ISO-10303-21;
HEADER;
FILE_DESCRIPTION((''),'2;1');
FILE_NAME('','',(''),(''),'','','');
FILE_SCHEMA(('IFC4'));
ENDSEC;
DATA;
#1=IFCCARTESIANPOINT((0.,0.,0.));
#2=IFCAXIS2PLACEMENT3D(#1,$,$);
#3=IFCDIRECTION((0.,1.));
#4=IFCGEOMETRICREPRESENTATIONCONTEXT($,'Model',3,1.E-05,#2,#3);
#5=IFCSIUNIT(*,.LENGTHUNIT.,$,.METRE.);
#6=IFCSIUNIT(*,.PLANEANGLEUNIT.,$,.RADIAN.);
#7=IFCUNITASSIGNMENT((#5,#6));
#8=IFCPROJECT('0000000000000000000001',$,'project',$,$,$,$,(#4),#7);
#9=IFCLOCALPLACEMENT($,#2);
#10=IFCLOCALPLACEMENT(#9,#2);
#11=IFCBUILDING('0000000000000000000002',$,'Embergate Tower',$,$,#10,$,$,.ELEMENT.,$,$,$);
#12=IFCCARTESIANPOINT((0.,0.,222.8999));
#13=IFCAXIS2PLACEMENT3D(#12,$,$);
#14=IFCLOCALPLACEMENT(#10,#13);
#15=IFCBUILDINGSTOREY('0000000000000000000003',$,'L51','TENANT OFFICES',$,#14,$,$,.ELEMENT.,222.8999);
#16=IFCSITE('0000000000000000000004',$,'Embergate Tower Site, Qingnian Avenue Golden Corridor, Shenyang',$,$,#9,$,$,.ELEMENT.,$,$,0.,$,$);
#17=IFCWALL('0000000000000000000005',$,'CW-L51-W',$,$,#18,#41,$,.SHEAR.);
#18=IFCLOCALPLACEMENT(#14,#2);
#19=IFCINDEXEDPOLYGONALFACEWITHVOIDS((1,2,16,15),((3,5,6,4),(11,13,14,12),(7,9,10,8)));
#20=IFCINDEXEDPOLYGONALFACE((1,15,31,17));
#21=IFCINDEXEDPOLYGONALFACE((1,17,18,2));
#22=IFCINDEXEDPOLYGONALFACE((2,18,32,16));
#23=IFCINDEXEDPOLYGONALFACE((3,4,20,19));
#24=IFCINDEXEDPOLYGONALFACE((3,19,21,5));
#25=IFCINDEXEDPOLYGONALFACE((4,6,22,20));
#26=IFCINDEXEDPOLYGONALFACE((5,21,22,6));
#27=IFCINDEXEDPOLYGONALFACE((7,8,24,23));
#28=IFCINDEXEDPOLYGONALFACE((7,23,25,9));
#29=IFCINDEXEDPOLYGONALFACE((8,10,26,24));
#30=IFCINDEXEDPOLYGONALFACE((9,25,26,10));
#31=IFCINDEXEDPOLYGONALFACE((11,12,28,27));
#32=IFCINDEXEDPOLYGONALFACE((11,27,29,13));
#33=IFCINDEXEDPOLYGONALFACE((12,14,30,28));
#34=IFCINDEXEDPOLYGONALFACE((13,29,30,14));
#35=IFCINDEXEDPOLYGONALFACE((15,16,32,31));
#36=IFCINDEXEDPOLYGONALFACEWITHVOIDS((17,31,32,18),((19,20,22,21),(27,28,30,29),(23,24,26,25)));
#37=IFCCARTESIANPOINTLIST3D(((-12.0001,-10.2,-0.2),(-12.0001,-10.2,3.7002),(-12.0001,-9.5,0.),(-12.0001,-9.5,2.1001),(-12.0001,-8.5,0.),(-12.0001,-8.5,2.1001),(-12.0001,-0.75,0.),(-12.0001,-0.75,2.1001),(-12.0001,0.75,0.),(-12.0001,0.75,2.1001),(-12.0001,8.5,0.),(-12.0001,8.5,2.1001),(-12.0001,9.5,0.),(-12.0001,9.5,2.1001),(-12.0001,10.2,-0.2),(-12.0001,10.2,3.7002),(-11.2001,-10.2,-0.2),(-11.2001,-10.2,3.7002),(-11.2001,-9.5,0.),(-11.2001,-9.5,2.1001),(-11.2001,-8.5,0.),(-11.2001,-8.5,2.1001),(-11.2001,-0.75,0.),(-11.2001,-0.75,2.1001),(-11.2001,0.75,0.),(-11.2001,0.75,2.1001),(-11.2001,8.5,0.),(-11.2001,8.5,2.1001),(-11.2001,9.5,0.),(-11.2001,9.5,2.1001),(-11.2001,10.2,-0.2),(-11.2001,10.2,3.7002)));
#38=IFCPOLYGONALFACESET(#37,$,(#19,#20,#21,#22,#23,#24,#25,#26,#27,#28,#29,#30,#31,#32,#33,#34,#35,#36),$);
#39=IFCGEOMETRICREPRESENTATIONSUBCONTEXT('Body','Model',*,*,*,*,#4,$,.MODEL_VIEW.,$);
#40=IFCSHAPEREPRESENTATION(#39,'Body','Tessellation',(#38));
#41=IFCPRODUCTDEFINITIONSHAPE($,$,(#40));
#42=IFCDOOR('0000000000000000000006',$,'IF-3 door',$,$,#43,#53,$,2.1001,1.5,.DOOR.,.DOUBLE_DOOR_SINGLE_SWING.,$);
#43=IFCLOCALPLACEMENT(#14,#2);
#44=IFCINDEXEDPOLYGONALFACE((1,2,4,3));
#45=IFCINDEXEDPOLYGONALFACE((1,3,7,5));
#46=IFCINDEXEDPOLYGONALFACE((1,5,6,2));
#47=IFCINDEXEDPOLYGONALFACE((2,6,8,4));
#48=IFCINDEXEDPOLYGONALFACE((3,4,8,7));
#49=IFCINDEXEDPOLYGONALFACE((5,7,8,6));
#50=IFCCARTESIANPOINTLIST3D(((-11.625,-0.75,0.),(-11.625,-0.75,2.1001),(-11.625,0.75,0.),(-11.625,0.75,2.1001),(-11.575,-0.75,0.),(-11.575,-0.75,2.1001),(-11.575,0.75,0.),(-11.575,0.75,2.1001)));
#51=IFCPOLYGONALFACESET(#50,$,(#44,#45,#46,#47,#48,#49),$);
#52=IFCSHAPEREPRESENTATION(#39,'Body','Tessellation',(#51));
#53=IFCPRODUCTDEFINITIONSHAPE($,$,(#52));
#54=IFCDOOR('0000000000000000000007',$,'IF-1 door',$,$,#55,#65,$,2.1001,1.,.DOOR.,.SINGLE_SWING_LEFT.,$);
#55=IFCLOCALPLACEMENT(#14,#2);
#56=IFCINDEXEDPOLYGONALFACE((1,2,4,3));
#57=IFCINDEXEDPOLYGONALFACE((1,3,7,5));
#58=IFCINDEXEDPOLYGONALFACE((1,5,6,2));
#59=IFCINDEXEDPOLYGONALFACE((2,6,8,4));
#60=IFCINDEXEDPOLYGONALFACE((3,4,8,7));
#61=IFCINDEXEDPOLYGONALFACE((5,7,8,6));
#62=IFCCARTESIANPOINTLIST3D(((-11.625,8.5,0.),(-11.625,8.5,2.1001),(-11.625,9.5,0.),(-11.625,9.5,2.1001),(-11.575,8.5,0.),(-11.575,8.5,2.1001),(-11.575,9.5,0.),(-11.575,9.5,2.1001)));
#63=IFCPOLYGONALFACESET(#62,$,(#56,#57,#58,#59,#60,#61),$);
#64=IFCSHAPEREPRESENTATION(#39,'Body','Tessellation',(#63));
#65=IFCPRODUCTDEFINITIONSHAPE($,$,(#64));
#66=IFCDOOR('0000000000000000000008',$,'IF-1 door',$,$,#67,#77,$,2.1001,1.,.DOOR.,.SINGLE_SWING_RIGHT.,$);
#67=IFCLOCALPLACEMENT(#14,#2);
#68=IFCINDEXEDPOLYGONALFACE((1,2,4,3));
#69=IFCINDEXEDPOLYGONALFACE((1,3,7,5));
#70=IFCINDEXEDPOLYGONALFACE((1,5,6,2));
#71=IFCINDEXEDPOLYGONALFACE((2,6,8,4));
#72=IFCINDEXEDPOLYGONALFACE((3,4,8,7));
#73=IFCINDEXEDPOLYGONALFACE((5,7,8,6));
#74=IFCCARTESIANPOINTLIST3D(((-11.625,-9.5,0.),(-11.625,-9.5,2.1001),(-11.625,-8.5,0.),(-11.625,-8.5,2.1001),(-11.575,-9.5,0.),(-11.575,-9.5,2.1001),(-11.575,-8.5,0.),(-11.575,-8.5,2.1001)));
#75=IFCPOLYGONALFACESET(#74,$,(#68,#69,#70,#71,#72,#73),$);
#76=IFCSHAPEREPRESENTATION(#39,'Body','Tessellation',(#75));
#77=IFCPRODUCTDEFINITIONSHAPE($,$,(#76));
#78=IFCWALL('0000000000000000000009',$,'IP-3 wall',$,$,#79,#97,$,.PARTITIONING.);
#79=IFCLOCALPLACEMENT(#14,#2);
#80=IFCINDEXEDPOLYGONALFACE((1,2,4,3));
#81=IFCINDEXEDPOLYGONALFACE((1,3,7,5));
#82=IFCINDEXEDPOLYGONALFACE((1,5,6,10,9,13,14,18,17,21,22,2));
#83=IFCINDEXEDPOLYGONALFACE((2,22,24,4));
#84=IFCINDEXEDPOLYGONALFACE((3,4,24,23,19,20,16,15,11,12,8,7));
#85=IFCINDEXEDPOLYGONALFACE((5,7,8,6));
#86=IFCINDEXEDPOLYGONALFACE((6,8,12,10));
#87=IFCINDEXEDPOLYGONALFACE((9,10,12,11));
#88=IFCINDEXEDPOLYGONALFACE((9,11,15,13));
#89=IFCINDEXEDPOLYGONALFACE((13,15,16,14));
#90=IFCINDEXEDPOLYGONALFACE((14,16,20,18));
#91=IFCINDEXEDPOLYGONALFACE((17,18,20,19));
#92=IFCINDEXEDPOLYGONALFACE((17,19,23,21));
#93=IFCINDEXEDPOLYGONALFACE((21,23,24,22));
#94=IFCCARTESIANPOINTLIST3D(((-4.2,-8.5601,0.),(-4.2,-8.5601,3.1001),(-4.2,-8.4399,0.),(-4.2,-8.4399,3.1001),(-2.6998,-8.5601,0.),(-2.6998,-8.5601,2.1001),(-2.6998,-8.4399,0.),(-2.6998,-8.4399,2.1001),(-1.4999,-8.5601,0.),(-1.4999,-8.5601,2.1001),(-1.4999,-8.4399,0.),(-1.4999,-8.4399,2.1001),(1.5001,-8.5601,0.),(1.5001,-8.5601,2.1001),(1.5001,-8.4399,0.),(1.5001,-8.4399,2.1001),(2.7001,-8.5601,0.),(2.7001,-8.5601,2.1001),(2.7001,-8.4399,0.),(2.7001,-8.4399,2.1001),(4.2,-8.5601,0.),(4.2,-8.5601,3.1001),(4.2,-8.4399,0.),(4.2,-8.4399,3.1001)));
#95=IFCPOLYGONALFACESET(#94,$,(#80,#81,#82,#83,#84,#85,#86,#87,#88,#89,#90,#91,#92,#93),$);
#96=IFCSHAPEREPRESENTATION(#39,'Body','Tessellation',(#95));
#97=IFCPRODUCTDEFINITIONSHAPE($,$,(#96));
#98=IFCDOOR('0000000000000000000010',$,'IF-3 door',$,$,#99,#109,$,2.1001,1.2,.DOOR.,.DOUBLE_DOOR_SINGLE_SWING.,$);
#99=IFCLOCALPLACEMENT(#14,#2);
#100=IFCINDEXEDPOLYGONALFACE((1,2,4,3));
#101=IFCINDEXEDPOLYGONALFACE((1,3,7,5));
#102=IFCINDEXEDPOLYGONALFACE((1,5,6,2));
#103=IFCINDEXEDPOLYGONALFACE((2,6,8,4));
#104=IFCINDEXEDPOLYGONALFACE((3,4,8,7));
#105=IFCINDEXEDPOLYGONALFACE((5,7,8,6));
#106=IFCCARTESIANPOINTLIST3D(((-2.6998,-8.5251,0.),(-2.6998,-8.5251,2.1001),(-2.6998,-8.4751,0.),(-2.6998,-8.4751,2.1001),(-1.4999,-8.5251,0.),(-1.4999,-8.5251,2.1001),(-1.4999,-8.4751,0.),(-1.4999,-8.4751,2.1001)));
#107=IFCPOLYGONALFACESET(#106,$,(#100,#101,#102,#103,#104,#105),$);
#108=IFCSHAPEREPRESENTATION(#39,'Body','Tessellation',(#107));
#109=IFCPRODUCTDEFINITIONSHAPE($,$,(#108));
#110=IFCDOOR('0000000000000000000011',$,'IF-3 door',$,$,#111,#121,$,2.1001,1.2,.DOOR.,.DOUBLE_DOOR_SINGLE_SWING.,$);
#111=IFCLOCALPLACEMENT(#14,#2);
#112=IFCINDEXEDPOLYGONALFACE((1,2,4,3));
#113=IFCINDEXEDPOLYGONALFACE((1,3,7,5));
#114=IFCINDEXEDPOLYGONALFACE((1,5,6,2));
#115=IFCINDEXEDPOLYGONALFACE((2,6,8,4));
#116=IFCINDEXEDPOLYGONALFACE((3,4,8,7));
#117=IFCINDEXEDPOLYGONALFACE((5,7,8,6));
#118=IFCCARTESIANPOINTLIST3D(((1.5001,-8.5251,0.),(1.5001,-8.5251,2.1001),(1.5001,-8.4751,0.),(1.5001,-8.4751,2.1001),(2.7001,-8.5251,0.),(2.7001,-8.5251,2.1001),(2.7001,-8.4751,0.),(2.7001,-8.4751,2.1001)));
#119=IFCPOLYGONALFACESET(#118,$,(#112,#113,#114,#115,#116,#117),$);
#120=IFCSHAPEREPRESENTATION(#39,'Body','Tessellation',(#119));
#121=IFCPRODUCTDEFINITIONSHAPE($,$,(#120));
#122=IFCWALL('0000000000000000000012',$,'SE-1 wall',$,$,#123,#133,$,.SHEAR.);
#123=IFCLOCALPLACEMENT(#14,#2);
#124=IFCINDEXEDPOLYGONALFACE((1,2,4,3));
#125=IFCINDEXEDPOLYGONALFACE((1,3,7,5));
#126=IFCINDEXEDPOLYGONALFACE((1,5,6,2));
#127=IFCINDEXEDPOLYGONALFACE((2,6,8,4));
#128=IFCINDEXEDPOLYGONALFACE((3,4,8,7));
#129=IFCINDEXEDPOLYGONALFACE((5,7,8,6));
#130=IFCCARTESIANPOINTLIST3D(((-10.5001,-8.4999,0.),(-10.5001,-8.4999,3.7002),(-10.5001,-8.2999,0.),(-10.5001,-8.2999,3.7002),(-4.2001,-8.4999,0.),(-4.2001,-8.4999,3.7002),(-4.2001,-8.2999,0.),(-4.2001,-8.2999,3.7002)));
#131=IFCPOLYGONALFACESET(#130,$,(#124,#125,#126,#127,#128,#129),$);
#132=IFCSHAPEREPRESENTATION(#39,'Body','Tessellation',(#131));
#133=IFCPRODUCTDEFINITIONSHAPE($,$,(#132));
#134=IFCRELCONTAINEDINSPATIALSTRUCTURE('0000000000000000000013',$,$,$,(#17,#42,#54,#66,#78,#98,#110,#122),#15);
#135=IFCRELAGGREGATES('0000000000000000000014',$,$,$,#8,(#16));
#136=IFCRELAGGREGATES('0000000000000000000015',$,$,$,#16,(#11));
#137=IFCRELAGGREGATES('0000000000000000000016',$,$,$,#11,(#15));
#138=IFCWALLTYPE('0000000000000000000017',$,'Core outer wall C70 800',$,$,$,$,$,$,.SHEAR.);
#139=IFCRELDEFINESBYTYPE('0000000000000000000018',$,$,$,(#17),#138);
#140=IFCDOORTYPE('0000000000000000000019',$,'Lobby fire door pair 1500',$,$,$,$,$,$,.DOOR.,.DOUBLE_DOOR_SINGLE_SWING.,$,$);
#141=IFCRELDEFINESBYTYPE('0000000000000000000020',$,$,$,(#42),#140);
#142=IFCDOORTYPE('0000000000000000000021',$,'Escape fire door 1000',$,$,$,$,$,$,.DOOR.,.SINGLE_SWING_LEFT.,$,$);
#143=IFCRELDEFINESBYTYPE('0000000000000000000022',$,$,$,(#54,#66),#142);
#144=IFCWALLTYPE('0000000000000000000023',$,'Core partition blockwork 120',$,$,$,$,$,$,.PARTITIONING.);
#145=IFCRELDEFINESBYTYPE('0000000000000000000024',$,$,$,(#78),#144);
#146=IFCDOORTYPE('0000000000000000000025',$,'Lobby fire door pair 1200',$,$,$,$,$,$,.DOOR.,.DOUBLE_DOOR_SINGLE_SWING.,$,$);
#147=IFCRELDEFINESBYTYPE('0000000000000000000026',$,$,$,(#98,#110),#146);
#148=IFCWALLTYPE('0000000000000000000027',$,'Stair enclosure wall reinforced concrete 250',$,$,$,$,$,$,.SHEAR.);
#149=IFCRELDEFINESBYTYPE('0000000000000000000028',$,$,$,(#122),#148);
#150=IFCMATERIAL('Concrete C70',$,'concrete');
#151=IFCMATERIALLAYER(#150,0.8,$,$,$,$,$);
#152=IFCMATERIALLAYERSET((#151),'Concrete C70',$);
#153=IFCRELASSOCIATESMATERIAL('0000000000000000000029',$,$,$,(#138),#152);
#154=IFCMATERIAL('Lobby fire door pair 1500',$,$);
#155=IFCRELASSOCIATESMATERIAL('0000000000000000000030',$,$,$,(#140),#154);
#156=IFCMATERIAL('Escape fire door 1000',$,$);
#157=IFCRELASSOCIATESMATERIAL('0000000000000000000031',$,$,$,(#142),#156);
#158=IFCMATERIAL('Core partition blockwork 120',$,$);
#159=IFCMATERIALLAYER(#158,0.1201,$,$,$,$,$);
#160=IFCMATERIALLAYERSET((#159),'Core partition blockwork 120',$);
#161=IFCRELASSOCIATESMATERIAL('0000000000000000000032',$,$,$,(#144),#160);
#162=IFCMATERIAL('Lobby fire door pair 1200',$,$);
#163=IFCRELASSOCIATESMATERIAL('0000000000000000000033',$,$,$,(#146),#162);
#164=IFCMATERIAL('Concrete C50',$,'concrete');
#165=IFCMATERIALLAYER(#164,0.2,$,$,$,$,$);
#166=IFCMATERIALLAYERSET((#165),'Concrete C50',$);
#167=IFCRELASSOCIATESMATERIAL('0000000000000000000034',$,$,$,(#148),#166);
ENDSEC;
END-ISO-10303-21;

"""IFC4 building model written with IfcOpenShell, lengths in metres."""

from ifc_helpers import new_model, si_unit, direction, frame, frame_2d, origin, place, context, subcontext, project, spatial, rectangle, extrude, source, transform, mapped, material, layer, layer_set, type_object, element, fill, save


model = new_model("IFC4")

# Units and contexts
model_context = context("Model", 3, precision=1e-05, world=origin(), true_north=direction((0.0, 1.0)))
body_context = subcontext(model_context, "Body", "Model", "MODEL_VIEW")
ifc_project = project(units=[si_unit("LENGTHUNIT", "METRE"), si_unit("PLANEANGLEUNIT", "RADIAN")], contexts=[model_context])

# Site, building, storey
site_placement = place(None, origin())
site = spatial("IfcSite", under=ifc_project, at=site_placement, Name="Embergate Tower Site, Qingnian Avenue Golden Corridor, Shenyang", CompositionType="ELEMENT", RefElevation=0.0)
building_placement = place(site_placement, origin())
building = spatial("IfcBuilding", under=site, at=building_placement, Name="Embergate Tower", CompositionType="ELEMENT")
storey_placement = place(building_placement, frame((0.0, 0.0, 222.8999)))
storey = spatial("IfcBuildingStorey", under=building, at=storey_placement, Name="L51", Description="TENANT OFFICES", CompositionType="ELEMENT", Elevation=222.8999)

# Shared definitions
ifc_material_1 = material(Name="Concrete C70", Category="concrete")
ifc_layer_1 = layer(ifc_material_1, 0.8)
ifc_layer_set_1 = layer_set([ifc_layer_1], Name="Concrete C70")
wall_type_1 = type_object("IfcWallType", Name="Core outer wall C70 800", PredefinedType="SHEAR", material=ifc_layer_set_1)

# Walls, openings, doors
shared_shape_1 = source(origin(), body_context, "Body", "SweptSolid", [
    extrude(rectangle(XDim=20.3999, YDim=0.8, at=frame_2d((10.2, 0.0))), origin(), (0.0, 0.0, 1.0), 3.9001),
])
wall_1_placement = place(storey_placement, frame((-11.6001, -10.2, -0.2), z_axis=(0.0, 0.0, 1.0), x_axis=(0.0, 1.0, 0.0)))
wall_1 = element("IfcWall", 1, at=wall_1_placement, inside=storey, type_object=wall_type_1, Name="CW-L51-W", PredefinedType="SHEAR", context=body_context, shape_type="MappedRepresentation", body=[
    mapped(shared_shape_1, transform((0.0, 0.0, 0.0))),
])
shared_shape_2 = source(origin(), body_context, "Body", "SweptSolid", [
    extrude(rectangle(XDim=1.0, YDim=2.1001, at=frame_2d((0.5, 1.05))), frame((0.0, 0.4099, 0.0), z_axis=(0.0, -1.0, 0.0), x_axis=(1.0, 0.0, 0.0)), (0.0, 0.0, 1.0), 0.8201),
])
opening_1_placement = place(wall_1_placement, frame((18.7, 0.0, 0.2)))
opening_1 = element("IfcOpeningElement", 2, at=opening_1_placement, cuts=wall_1, PredefinedType="OPENING", context=body_context, shape_type="MappedRepresentation", body=[
    mapped(shared_shape_2, transform((0.0, 0.0, 0.0))),
])
opening_2_placement = place(wall_1_placement, frame((0.7, 0.0, 0.2)))
opening_2 = element("IfcOpeningElement", 3, at=opening_2_placement, cuts=wall_1, PredefinedType="OPENING", context=body_context, shape_type="MappedRepresentation", body=[
    mapped(shared_shape_2, transform((0.0, 0.0, 0.0))),
])
shared_shape_3 = source(origin(), body_context, "Body", "SweptSolid", [
    extrude(rectangle(XDim=1.5, YDim=2.1001, at=frame_2d((0.75, 1.05))), frame((0.0, 0.4099, 0.0), z_axis=(0.0, -1.0, 0.0), x_axis=(1.0, 0.0, 0.0)), (0.0, 0.0, 1.0), 0.8201),
])
opening_3_placement = place(wall_1_placement, frame((9.45, 0.0, 0.2)))
opening_3 = element("IfcOpeningElement", 4, at=opening_3_placement, cuts=wall_1, PredefinedType="OPENING", context=body_context, shape_type="MappedRepresentation", body=[
    mapped(shared_shape_3, transform((0.0, 0.0, 0.0))),
])
ifc_material_2 = material(Name="Lobby fire door pair 1500")
door_type_1 = type_object("IfcDoorType", Name="Lobby fire door pair 1500", OperationType="DOUBLE_DOOR_SINGLE_SWING", PredefinedType="DOOR", material=ifc_material_2)
shared_shape_4 = source(origin(), body_context, "Body", "SweptSolid", [
    extrude(rectangle(XDim=1.5, YDim=2.1001, at=frame_2d((0.75, 1.05))), frame((0.0, 0.0249, 0.0), z_axis=(0.0, -1.0, 0.0), x_axis=(1.0, 0.0, 0.0)), (0.0, 0.0, 1.0), 0.05),
])
door_1_placement = place(opening_3_placement, origin())
door_1 = element("IfcDoor", 5, at=door_1_placement, inside=storey, type_object=door_type_1, Name="IF-3 door", OperationType="DOUBLE_DOOR_SINGLE_SWING", OverallHeight=2.1001, OverallWidth=1.5, PredefinedType="DOOR", context=body_context, shape_type="MappedRepresentation", body=[
    mapped(shared_shape_4, transform((0.0, 0.0, 0.0))),
])
fill(opening_3, door_1)
ifc_material_3 = material(Name="Escape fire door 1000")
door_type_2 = type_object("IfcDoorType", Name="Escape fire door 1000", OperationType="SINGLE_SWING_LEFT", PredefinedType="DOOR", material=ifc_material_3)
shared_shape_5 = source(origin(), body_context, "Body", "SweptSolid", [
    extrude(rectangle(XDim=1.0, YDim=2.1001, at=frame_2d((0.5, 1.05))), frame((0.0, 0.0249, 0.0), z_axis=(0.0, -1.0, 0.0), x_axis=(1.0, 0.0, 0.0)), (0.0, 0.0, 1.0), 0.05),
])
door_2_placement = place(opening_1_placement, origin())
door_2 = element("IfcDoor", 6, at=door_2_placement, inside=storey, type_object=door_type_2, Name="IF-1 door", OperationType="SINGLE_SWING_LEFT", OverallHeight=2.1001, OverallWidth=1.0, PredefinedType="DOOR", context=body_context, shape_type="MappedRepresentation", body=[
    mapped(shared_shape_5, transform((0.0, 0.0, 0.0))),
])
fill(opening_1, door_2)
door_3_placement = place(opening_2_placement, origin())
door_3 = element("IfcDoor", 7, at=door_3_placement, inside=storey, type_object=door_type_2, Name="IF-1 door", OperationType="SINGLE_SWING_RIGHT", OverallHeight=2.1001, OverallWidth=1.0, PredefinedType="DOOR", context=body_context, shape_type="MappedRepresentation", body=[
    mapped(shared_shape_5, transform((0.0, 0.0, 0.0))),
])
fill(opening_2, door_3)
ifc_material_4 = material(Name="Core partition blockwork 120")
ifc_layer_2 = layer(ifc_material_4, 0.1201)
ifc_layer_set_2 = layer_set([ifc_layer_2], Name="Core partition blockwork 120")
wall_type_2 = type_object("IfcWallType", Name="Core partition blockwork 120", PredefinedType="PARTITIONING", material=ifc_layer_set_2)
shared_shape_6 = source(origin(), body_context, "Body", "SweptSolid", [
    extrude(rectangle(XDim=8.3999, YDim=0.1201, at=frame_2d((4.2, 0.0))), origin(), (0.0, 0.0, 1.0), 3.1001),
])
wall_2_placement = place(storey_placement, frame((-4.2, -8.5, 0.0), z_axis=(0.0, 0.0, 1.0), x_axis=(1.0, 0.0, 0.0)))
wall_2 = element("IfcWall", 8, at=wall_2_placement, inside=storey, type_object=wall_type_2, Name="IP-3 wall", PredefinedType="PARTITIONING", context=body_context, shape_type="MappedRepresentation", body=[
    mapped(shared_shape_6, transform((0.0, 0.0, 0.0))),
])
shared_shape_7 = source(origin(), body_context, "Body", "SweptSolid", [
    extrude(rectangle(XDim=1.2, YDim=2.1001, at=frame_2d((0.6001, 1.05))), frame((0.0, 0.0701, 0.0), z_axis=(0.0, -1.0, 0.0), x_axis=(1.0, 0.0, 0.0)), (0.0, 0.0, 1.0), 0.1401),
])
opening_4_placement = place(wall_2_placement, frame((1.5, 0.0, 0.0)))
opening_4 = element("IfcOpeningElement", 9, at=opening_4_placement, cuts=wall_2, PredefinedType="OPENING", context=body_context, shape_type="MappedRepresentation", body=[
    mapped(shared_shape_7, transform((0.0, 0.0, 0.0))),
])
opening_5_placement = place(wall_2_placement, frame((5.7, 0.0, 0.0)))
opening_5 = element("IfcOpeningElement", 10, at=opening_5_placement, cuts=wall_2, PredefinedType="OPENING", context=body_context, shape_type="MappedRepresentation", body=[
    mapped(shared_shape_7, transform((0.0, 0.0, 0.0))),
])
ifc_material_5 = material(Name="Lobby fire door pair 1200")
door_type_3 = type_object("IfcDoorType", Name="Lobby fire door pair 1200", OperationType="DOUBLE_DOOR_SINGLE_SWING", PredefinedType="DOOR", material=ifc_material_5)
shared_shape_8 = source(origin(), body_context, "Body", "SweptSolid", [
    extrude(rectangle(XDim=1.2, YDim=2.1001, at=frame_2d((0.6001, 1.05))), frame((0.0, 0.0249, 0.0), z_axis=(0.0, -1.0, 0.0), x_axis=(1.0, 0.0, 0.0)), (0.0, 0.0, 1.0), 0.05),
])
door_4_placement = place(opening_4_placement, origin())
door_4 = element("IfcDoor", 11, at=door_4_placement, inside=storey, type_object=door_type_3, Name="IF-3 door", OperationType="DOUBLE_DOOR_SINGLE_SWING", OverallHeight=2.1001, OverallWidth=1.2, PredefinedType="DOOR", context=body_context, shape_type="MappedRepresentation", body=[
    mapped(shared_shape_8, transform((0.0, 0.0, 0.0))),
])
fill(opening_4, door_4)
door_5_placement = place(opening_5_placement, origin())
door_5 = element("IfcDoor", 12, at=door_5_placement, inside=storey, type_object=door_type_3, Name="IF-3 door", OperationType="DOUBLE_DOOR_SINGLE_SWING", OverallHeight=2.1001, OverallWidth=1.2, PredefinedType="DOOR", context=body_context, shape_type="MappedRepresentation", body=[
    mapped(shared_shape_8, transform((0.0, 0.0, 0.0))),
])
fill(opening_5, door_5)

# Wall
ifc_material_6 = material(Name="Concrete C50", Category="concrete")
ifc_layer_3 = layer(ifc_material_6, 0.2)
ifc_layer_set_3 = layer_set([ifc_layer_3], Name="Concrete C50")
wall_type_3 = type_object("IfcWallType", Name="Stair enclosure wall reinforced concrete 250", PredefinedType="SHEAR", material=ifc_layer_set_3)
shared_shape_9 = source(origin(), body_context, "Body", "SweptSolid", [
    extrude(rectangle(XDim=6.3, YDim=0.2, at=frame_2d((3.1499, 0.0))), origin(), (0.0, 0.0, 1.0), 3.7002),
])
wall_3_placement = place(storey_placement, frame((-10.5, -8.3999, 0.0), z_axis=(0.0, 0.0, 1.0), x_axis=(1.0, 0.0, 0.0)))
element("IfcWall", 13, at=wall_3_placement, inside=storey, type_object=wall_type_3, Name="SE-1 wall", PredefinedType="SHEAR", context=body_context, shape_type="MappedRepresentation", body=[
    mapped(shared_shape_9, transform((0.0, 0.0, 0.0))),
])

save(model, "model.ifc")
